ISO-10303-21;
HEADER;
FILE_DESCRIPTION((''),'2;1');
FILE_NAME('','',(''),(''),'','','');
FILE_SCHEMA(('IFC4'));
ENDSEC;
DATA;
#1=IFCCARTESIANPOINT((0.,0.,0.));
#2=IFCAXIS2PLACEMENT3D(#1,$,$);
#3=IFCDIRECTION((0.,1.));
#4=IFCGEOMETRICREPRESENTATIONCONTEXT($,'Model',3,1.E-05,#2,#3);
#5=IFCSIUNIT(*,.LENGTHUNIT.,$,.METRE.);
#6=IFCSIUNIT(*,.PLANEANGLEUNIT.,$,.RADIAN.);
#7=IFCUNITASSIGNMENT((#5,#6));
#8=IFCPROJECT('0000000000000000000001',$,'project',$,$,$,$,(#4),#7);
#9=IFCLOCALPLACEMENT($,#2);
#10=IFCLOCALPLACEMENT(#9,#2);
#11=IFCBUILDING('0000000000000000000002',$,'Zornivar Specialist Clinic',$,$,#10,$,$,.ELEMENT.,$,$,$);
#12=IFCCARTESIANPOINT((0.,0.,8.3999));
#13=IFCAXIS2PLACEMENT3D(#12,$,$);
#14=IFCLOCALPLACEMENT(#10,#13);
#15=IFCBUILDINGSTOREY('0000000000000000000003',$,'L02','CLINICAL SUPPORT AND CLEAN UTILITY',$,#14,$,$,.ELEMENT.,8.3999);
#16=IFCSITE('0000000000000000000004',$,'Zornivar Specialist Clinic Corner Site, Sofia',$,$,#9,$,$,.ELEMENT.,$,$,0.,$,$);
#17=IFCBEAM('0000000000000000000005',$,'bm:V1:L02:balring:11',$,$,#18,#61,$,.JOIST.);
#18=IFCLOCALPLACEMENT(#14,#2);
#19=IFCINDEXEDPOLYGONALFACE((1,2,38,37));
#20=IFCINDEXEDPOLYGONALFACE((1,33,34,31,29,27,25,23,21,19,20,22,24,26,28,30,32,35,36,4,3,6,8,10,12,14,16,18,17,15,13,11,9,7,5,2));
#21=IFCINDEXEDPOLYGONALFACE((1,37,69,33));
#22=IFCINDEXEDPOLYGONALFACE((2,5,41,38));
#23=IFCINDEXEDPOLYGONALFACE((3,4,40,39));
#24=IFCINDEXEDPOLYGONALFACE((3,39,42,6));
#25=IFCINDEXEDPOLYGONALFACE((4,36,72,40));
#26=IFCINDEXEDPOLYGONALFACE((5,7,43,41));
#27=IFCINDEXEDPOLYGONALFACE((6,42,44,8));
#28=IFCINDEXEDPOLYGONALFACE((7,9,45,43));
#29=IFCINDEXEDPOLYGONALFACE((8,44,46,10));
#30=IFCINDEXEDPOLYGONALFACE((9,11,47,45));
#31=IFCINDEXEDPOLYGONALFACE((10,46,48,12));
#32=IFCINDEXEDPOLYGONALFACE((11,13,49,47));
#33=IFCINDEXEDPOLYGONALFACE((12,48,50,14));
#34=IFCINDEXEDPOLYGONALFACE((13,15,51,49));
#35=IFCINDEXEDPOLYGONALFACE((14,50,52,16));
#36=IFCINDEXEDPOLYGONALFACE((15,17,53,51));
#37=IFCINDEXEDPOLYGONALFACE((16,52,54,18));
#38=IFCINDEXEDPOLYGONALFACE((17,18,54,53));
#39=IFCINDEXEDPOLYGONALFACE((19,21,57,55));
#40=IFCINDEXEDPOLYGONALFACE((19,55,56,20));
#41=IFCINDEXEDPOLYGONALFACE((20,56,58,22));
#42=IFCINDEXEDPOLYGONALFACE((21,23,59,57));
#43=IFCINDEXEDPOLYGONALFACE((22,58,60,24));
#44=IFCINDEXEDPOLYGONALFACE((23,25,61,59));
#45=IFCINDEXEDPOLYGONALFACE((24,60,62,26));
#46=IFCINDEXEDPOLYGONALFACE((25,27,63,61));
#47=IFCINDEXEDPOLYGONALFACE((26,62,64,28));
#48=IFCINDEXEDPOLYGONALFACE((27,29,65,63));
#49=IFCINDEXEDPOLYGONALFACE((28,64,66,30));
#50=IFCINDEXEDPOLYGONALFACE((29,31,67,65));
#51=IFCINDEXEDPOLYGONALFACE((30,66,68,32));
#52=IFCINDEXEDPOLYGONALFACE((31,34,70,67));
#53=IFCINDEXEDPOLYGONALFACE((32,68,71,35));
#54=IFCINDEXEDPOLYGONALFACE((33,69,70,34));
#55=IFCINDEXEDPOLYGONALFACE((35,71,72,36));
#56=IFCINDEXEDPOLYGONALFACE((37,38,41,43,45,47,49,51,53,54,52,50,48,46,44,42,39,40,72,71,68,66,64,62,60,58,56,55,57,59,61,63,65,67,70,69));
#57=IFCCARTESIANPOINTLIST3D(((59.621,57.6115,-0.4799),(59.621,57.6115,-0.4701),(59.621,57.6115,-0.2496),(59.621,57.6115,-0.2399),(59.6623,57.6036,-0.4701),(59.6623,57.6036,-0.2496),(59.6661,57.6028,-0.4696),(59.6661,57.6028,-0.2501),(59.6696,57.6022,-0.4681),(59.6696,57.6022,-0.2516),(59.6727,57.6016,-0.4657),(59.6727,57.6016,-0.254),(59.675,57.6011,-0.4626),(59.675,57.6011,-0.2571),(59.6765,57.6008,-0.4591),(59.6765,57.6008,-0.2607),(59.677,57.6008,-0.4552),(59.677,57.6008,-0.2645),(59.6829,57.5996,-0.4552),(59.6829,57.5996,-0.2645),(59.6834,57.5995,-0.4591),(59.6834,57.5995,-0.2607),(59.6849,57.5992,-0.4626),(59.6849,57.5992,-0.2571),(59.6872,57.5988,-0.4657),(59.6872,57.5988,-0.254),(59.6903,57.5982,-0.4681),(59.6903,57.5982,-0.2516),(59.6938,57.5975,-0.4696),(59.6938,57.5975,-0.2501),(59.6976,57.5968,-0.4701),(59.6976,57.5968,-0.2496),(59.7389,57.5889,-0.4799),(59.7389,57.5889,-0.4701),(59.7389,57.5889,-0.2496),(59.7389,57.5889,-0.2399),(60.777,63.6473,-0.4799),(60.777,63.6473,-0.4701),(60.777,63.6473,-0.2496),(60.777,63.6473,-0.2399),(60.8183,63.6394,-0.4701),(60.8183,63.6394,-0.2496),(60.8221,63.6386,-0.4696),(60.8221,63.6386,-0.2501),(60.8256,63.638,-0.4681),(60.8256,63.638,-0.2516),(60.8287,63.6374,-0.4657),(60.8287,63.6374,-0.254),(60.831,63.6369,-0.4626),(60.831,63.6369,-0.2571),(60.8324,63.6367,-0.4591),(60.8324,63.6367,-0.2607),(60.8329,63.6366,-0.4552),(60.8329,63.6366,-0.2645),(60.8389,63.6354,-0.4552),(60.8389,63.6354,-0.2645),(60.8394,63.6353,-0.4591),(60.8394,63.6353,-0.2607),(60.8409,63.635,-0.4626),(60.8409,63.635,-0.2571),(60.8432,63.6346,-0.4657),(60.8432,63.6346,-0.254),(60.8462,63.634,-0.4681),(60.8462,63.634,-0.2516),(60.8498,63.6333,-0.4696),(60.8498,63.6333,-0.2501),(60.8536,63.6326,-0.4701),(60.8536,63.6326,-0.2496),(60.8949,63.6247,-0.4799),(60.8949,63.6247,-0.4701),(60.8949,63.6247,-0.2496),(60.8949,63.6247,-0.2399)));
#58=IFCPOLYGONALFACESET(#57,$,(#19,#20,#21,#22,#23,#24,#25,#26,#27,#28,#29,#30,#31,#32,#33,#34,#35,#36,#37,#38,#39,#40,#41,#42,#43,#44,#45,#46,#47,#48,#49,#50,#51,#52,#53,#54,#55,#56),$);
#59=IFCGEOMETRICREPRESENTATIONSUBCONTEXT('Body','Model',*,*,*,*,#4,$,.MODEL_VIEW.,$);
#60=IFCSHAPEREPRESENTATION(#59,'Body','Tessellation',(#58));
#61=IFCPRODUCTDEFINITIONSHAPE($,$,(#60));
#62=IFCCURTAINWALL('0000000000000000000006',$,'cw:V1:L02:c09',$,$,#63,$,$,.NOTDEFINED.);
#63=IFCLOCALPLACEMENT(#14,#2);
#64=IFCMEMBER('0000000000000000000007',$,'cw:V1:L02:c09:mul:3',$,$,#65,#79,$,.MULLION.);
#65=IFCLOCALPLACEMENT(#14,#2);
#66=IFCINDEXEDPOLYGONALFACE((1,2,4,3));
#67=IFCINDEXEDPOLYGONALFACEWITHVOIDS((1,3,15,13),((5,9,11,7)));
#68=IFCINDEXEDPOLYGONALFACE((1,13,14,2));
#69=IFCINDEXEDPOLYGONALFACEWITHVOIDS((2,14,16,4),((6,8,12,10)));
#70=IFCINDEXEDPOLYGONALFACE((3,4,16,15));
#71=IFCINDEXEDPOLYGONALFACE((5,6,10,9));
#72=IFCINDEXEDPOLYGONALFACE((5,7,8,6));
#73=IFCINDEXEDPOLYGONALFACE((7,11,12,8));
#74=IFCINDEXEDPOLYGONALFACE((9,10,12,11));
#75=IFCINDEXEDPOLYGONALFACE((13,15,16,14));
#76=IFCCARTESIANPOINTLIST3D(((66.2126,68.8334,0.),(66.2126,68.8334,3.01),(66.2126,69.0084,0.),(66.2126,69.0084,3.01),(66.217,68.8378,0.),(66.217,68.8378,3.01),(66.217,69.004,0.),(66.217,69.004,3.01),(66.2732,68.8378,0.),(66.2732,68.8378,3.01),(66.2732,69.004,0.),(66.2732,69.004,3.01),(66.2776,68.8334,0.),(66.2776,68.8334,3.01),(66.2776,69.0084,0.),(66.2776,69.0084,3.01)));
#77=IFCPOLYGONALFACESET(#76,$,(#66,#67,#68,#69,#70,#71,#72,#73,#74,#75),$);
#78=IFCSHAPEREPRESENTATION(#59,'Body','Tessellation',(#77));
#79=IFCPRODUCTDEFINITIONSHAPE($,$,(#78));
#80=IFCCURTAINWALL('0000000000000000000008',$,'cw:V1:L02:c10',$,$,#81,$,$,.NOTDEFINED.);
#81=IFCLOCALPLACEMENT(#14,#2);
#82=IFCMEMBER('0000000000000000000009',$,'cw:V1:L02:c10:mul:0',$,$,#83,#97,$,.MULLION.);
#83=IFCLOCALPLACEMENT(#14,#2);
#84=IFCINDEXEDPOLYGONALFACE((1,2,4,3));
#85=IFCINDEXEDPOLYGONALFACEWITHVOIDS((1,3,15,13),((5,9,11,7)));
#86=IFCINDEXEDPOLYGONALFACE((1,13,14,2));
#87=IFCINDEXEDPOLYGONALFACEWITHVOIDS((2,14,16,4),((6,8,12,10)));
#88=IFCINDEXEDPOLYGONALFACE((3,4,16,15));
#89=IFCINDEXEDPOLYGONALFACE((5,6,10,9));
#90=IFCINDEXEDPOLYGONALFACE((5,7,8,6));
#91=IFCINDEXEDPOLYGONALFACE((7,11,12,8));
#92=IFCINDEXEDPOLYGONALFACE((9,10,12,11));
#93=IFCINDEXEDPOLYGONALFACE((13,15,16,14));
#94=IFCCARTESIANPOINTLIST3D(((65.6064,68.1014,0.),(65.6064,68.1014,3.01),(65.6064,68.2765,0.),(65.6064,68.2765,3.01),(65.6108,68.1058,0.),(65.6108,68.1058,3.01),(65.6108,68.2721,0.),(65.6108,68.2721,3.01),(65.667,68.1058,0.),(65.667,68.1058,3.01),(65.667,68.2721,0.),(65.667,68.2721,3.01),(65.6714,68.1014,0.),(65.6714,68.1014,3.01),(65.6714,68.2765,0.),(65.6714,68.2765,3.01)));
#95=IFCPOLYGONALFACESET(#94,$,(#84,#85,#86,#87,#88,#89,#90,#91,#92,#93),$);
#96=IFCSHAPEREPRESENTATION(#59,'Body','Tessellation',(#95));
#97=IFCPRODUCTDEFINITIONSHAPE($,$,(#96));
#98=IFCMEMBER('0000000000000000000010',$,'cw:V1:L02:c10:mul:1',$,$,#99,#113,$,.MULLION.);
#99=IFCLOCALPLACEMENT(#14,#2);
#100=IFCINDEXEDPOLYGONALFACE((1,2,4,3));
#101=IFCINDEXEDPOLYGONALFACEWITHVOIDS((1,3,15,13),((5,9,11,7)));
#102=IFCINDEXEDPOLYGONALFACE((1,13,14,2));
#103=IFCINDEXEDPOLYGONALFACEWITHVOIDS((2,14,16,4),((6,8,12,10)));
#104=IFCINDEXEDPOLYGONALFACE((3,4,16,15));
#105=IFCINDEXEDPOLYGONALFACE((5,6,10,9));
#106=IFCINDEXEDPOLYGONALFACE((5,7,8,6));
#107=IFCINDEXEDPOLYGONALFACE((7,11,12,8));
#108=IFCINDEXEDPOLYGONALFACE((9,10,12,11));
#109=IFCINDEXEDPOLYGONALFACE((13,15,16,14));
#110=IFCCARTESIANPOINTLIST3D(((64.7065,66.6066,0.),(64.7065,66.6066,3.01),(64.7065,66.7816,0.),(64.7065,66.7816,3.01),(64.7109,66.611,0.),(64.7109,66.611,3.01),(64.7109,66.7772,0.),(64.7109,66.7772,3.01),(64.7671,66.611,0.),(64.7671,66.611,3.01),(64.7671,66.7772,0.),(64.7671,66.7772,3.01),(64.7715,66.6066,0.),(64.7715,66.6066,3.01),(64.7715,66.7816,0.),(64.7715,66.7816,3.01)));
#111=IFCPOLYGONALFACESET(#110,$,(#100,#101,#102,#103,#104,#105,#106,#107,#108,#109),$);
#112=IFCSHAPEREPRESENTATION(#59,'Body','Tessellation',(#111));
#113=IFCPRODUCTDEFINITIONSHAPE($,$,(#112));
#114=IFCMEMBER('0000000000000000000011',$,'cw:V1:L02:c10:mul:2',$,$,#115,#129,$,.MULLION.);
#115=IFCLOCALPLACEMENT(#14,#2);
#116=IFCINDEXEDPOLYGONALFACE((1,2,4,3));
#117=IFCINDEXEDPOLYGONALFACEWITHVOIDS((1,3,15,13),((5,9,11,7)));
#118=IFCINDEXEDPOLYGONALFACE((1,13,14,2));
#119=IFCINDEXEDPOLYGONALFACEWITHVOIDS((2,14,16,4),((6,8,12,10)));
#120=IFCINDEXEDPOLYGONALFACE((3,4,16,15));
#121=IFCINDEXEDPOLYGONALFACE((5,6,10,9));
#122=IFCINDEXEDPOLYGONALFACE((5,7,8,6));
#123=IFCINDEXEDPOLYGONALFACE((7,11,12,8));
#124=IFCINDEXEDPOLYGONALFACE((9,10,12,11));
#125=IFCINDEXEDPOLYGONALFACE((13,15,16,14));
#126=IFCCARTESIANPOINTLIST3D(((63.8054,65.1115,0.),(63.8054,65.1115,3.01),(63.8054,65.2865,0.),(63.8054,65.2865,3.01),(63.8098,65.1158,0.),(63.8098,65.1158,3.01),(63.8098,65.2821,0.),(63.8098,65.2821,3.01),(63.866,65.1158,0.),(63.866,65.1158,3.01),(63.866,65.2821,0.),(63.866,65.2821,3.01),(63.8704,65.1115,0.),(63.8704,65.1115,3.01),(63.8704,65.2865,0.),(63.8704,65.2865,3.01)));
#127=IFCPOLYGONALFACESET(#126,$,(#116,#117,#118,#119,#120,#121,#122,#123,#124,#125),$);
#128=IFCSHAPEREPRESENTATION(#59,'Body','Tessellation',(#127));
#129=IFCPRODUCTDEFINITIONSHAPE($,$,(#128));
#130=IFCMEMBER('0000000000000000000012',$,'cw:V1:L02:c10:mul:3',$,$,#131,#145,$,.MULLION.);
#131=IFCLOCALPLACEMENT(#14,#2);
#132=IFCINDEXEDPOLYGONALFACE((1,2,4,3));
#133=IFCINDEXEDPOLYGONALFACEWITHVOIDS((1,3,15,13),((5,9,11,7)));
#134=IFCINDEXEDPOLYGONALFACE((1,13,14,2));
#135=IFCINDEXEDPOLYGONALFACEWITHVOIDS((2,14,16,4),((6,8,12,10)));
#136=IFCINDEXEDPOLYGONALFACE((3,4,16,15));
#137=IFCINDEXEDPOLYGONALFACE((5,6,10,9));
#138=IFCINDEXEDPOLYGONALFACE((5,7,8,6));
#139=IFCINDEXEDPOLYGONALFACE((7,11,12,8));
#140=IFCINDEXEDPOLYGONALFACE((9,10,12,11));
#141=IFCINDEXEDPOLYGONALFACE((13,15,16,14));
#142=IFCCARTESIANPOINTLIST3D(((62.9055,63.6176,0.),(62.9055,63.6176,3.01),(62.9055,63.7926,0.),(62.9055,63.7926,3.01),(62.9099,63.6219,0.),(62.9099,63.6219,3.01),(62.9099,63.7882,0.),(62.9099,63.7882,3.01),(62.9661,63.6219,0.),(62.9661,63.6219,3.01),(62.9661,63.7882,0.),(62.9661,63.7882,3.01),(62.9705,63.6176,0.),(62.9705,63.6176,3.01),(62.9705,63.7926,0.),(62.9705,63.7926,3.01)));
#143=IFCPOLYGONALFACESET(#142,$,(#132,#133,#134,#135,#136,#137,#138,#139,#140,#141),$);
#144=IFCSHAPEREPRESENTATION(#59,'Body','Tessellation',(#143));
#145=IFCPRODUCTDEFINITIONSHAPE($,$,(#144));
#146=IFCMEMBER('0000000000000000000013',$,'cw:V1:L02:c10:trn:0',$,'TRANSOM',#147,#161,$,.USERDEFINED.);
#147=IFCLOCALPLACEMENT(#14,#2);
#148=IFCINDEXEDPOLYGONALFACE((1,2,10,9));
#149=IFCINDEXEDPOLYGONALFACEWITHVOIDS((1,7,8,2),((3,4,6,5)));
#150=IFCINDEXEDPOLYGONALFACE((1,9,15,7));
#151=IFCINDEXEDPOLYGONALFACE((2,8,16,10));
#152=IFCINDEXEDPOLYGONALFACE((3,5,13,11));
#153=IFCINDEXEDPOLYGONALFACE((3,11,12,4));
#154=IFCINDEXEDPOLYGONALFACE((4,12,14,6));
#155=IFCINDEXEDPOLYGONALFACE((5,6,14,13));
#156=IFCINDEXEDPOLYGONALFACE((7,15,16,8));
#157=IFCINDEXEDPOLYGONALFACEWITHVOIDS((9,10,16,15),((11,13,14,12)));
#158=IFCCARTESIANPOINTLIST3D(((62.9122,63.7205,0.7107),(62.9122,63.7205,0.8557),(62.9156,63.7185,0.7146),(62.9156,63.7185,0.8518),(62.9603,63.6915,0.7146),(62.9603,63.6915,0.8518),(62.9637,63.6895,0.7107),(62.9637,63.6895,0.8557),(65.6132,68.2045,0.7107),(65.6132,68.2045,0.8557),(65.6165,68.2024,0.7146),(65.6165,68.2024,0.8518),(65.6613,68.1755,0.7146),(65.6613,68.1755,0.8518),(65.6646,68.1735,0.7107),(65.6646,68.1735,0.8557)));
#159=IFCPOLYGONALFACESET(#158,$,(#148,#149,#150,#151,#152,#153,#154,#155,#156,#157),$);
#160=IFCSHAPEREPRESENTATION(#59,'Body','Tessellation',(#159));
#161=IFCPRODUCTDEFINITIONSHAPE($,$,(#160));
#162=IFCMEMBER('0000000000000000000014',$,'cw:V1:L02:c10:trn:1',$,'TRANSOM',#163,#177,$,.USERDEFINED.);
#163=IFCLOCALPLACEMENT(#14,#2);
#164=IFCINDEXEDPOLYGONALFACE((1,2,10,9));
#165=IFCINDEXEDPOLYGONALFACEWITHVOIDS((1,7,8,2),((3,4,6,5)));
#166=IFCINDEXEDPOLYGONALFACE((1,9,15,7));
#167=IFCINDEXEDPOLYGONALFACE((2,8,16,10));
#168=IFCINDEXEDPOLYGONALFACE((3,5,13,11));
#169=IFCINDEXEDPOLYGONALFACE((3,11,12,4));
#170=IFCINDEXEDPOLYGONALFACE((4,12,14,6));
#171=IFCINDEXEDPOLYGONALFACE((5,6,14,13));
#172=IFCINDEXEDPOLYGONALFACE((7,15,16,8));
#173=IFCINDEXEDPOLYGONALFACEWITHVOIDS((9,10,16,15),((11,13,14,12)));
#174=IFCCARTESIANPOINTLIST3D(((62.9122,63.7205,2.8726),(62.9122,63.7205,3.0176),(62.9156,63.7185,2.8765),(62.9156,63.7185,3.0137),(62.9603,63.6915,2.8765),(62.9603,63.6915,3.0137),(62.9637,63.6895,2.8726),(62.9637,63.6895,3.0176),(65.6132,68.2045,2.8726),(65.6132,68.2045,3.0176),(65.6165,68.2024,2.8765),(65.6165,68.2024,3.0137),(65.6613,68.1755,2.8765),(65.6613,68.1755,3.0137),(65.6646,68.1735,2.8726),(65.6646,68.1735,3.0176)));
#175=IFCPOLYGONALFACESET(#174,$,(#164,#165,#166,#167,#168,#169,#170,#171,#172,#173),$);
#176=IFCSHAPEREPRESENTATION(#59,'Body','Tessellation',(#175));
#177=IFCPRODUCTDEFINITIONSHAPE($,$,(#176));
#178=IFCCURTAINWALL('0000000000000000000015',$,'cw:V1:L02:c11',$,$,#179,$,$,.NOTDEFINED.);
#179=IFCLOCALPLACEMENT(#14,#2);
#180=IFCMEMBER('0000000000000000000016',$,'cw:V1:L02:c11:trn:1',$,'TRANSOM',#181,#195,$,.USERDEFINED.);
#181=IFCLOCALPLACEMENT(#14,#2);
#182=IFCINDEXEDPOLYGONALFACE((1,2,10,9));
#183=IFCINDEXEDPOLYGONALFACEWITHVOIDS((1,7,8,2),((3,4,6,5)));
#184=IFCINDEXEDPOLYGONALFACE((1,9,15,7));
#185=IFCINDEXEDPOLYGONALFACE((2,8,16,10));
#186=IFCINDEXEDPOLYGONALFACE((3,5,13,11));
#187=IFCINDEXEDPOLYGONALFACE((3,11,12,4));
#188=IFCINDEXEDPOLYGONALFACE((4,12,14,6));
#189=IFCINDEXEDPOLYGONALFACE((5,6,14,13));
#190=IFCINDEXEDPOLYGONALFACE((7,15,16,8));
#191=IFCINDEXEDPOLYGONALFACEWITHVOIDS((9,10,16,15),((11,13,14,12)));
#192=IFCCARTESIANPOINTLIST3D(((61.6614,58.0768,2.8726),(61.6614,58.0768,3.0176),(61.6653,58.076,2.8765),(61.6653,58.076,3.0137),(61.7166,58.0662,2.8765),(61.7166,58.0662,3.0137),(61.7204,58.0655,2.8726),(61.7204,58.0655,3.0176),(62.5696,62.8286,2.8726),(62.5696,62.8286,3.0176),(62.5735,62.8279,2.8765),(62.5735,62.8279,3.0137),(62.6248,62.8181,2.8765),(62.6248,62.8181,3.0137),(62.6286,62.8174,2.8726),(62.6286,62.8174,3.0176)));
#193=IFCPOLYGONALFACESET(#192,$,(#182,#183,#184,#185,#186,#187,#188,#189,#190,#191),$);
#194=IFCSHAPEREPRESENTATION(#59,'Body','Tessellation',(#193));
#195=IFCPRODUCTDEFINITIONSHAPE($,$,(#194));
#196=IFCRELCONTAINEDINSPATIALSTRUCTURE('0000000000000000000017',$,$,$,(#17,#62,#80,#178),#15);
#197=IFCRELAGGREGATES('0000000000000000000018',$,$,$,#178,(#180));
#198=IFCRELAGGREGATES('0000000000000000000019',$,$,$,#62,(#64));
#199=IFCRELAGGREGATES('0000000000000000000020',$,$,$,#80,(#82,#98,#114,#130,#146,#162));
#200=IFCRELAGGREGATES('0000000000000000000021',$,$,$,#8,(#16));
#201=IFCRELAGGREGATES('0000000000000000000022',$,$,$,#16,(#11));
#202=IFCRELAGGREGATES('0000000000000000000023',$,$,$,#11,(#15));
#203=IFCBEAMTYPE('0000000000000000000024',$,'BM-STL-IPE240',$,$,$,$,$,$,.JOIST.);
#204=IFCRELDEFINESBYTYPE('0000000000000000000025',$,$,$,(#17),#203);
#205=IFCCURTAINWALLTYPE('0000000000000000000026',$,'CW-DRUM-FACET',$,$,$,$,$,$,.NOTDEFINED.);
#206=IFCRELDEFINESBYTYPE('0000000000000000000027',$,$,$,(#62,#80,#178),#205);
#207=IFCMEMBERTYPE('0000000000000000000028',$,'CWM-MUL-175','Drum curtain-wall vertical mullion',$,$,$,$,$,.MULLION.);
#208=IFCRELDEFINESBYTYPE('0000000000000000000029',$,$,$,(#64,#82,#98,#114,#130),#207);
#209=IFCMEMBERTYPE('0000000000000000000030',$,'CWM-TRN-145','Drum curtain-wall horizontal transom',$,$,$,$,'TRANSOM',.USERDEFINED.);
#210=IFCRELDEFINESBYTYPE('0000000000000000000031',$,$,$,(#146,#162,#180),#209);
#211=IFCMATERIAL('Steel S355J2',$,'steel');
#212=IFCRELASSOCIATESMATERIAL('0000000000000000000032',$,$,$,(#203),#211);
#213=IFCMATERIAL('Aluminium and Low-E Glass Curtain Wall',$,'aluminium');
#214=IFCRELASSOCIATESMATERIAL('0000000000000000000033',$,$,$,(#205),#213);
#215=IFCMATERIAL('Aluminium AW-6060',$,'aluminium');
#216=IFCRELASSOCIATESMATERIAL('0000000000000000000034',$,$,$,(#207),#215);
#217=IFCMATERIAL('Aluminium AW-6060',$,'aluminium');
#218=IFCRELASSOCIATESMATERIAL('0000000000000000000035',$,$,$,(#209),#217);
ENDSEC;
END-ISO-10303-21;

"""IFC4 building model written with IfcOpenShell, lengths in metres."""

from ifc_helpers import new_model, si_unit, direction, frame, origin, origin_2d, place, context, subcontext, project, spatial, hollow_rectangle, i_section, extrude, material, material_profile, profile_set, type_object, element, aggregate, save


model = new_model("IFC4")

# Units and contexts
model_context = context("Model", 3, precision=1e-05, world=origin(), true_north=direction((0.0, 1.0)))
body_context = subcontext(model_context, "Body", "Model", "MODEL_VIEW")
ifc_project = project(units=[si_unit("LENGTHUNIT", "METRE"), si_unit("PLANEANGLEUNIT", "RADIAN")], contexts=[model_context])

# Site, building, storey
site_placement = place(None, origin())
site = spatial("IfcSite", under=ifc_project, at=site_placement, Name="Zornivar Specialist Clinic Corner Site, Sofia", CompositionType="ELEMENT", RefElevation=0.0)
building_placement = place(site_placement, origin())
building = spatial("IfcBuilding", under=site, at=building_placement, Name="Zornivar Specialist Clinic", CompositionType="ELEMENT")
storey_placement = place(building_placement, frame((0.0, 0.0, 8.3999)))
storey = spatial("IfcBuildingStorey", under=building, at=storey_placement, Name="L02", Description="CLINICAL SUPPORT AND CLEAN UTILITY", CompositionType="ELEMENT", Elevation=8.3999)

# Beam
ifc_material_1 = material(Name="Steel S355J2", Category="steel")
ifc_material_profile_1 = material_profile(ifc_material_1, i_section(OverallWidth=0.1201, OverallDepth=0.24, WebThickness=0.0061, FlangeThickness=0.0098, FilletRadius=0.0149, at=origin_2d()), Name="IPE 240")
ifc_profile_set_1 = profile_set([ifc_material_profile_1], Name="Steel S355J2")
beam_type_1 = type_object("IfcBeamType", Name="BM-STL-IPE240", PredefinedType="JOIST", material=ifc_profile_set_1)
beam_1_placement = place(storey_placement, frame((60.8359, 63.636, -0.3599), z_axis=(-0.188103, -0.982149, 0.0), x_axis=(0.982149, -0.188103, 0.0)))
element("IfcBeam", 1, at=beam_1_placement, inside=storey, type_object=beam_type_1, Name="bm:V1:L02:balring:11", PredefinedType="JOIST", context=body_context, shape_type="SweptSolid", body=[
    extrude(i_section(OverallWidth=0.1201, OverallDepth=0.24, WebThickness=0.0061, FlangeThickness=0.0098, FilletRadius=0.0149, at=origin_2d()), origin(), (0.0, 0.0, 1.0), 6.1455),
])

# Curtain wall, member
ifc_material_2 = material(Name="Aluminium and Low-E Glass Curtain Wall", Category="aluminium")
curtain_wall_type = type_object("IfcCurtainWallType", Name="CW-DRUM-FACET", PredefinedType="NOTDEFINED", material=ifc_material_2)
curtain_wall_1_placement = place(storey_placement, origin())
curtain_wall_1 = element("IfcCurtainWall", 2, at=curtain_wall_1_placement, inside=storey, type_object=curtain_wall_type, Name="cw:V1:L02:c09", PredefinedType="NOTDEFINED")
ifc_material_3 = material(Name="Aluminium AW-6060", Category="aluminium")
ifc_material_profile_2 = material_profile(ifc_material_3, hollow_rectangle(XDim=0.0649, YDim=0.175, WallThickness=0.0044, at=origin_2d()), Name="ALU 65x175x4.5")
ifc_profile_set_2 = profile_set([ifc_material_profile_2], Name="Aluminium AW-6060")
member_type_1 = type_object("IfcMemberType", Name="CWM-MUL-175", Description="Drum curtain-wall vertical mullion", PredefinedType="MULLION", material=ifc_profile_set_2)
member_1_placement = place(storey_placement, frame((66.2451, 68.9209, 0.0), z_axis=(0.0, 0.0, 1.0), x_axis=(1.0, 0.0, 0.0)))
member_1 = element("IfcMember", 3, at=member_1_placement, type_object=member_type_1, Name="cw:V1:L02:c09:mul:3", PredefinedType="MULLION", context=body_context, shape_type="SweptSolid", body=[
    extrude(hollow_rectangle(XDim=0.0649, YDim=0.175, WallThickness=0.0044, at=origin_2d()), origin(), (0.0, 0.0, 1.0), 3.01),
])

# Curtain wall, members
curtain_wall_2_placement = place(storey_placement, origin())
curtain_wall_2 = element("IfcCurtainWall", 4, at=curtain_wall_2_placement, inside=storey, type_object=curtain_wall_type, Name="cw:V1:L02:c10", PredefinedType="NOTDEFINED")
member_2_placement = place(storey_placement, frame((65.6389, 68.189, 0.0), z_axis=(0.0, 0.0, 1.0), x_axis=(1.0, 0.0, 0.0)))
member_2 = element("IfcMember", 5, at=member_2_placement, type_object=member_type_1, Name="cw:V1:L02:c10:mul:0", PredefinedType="MULLION", context=body_context, shape_type="SweptSolid", body=[
    extrude(hollow_rectangle(XDim=0.0649, YDim=0.175, WallThickness=0.0044, at=origin_2d()), origin(), (0.0, 0.0, 1.0), 3.01),
])
member_3_placement = place(storey_placement, frame((64.739, 66.6941, 0.0), z_axis=(0.0, 0.0, 1.0), x_axis=(1.0, 0.0, 0.0)))
member_3 = element("IfcMember", 6, at=member_3_placement, type_object=member_type_1, Name="cw:V1:L02:c10:mul:1", PredefinedType="MULLION", context=body_context, shape_type="SweptSolid", body=[
    extrude(hollow_rectangle(XDim=0.0649, YDim=0.175, WallThickness=0.0044, at=origin_2d()), origin(), (0.0, 0.0, 1.0), 3.01),
])
member_4_placement = place(storey_placement, frame((63.8379, 65.199, 0.0), z_axis=(0.0, 0.0, 1.0), x_axis=(1.0, 0.0, 0.0)))
member_4 = element("IfcMember", 7, at=member_4_placement, type_object=member_type_1, Name="cw:V1:L02:c10:mul:2", PredefinedType="MULLION", context=body_context, shape_type="SweptSolid", body=[
    extrude(hollow_rectangle(XDim=0.0649, YDim=0.175, WallThickness=0.0044, at=origin_2d()), origin(), (0.0, 0.0, 1.0), 3.01),
])
member_5_placement = place(storey_placement, frame((62.938, 63.7051, 0.0), z_axis=(0.0, 0.0, 1.0), x_axis=(1.0, 0.0, 0.0)))
member_5 = element("IfcMember", 8, at=member_5_placement, type_object=member_type_1, Name="cw:V1:L02:c10:mul:3", PredefinedType="MULLION", context=body_context, shape_type="SweptSolid", body=[
    extrude(hollow_rectangle(XDim=0.0649, YDim=0.175, WallThickness=0.0044, at=origin_2d()), origin(), (0.0, 0.0, 1.0), 3.01),
])
ifc_material_4 = material(Name="Aluminium AW-6060", Category="aluminium")
ifc_material_profile_3 = material_profile(ifc_material_4, hollow_rectangle(XDim=0.0601, YDim=0.145, WallThickness=0.0039, at=origin_2d()), Name="ALU 60x145x4")
ifc_profile_set_3 = profile_set([ifc_material_profile_3], Name="Aluminium AW-6060")
member_type_2 = type_object("IfcMemberType", Name="CWM-TRN-145", Description="Drum curtain-wall horizontal transom", ElementType="TRANSOM", PredefinedType="USERDEFINED", material=ifc_profile_set_3)
member_6_placement = place(storey_placement, frame((65.6389, 68.189, 0.7832), z_axis=(-0.515983, -0.856599, 0.0), x_axis=(0.856599, -0.515983, 0.0)))
member_6 = element("IfcMember", 9, at=member_6_placement, type_object=member_type_2, Name="cw:V1:L02:c10:trn:0", ObjectType="TRANSOM", PredefinedType="USERDEFINED", context=body_context, shape_type="SweptSolid", body=[
    extrude(hollow_rectangle(XDim=0.0601, YDim=0.145, WallThickness=0.0039, at=origin_2d()), origin(), (0.0, 0.0, 1.0), 5.2346),
])
member_7_placement = place(storey_placement, frame((65.6389, 68.189, 2.9451), z_axis=(-0.515983, -0.856599, 0.0), x_axis=(0.856599, -0.515983, 0.0)))
member_7 = element("IfcMember", 10, at=member_7_placement, type_object=member_type_2, Name="cw:V1:L02:c10:trn:1", ObjectType="TRANSOM", PredefinedType="USERDEFINED", context=body_context, shape_type="SweptSolid", body=[
    extrude(hollow_rectangle(XDim=0.0601, YDim=0.145, WallThickness=0.0039, at=origin_2d()), origin(), (0.0, 0.0, 1.0), 5.2346),
])

# Curtain wall, member
curtain_wall_3_placement = place(storey_placement, origin())
curtain_wall_3 = element("IfcCurtainWall", 11, at=curtain_wall_3_placement, inside=storey, type_object=curtain_wall_type, Name="cw:V1:L02:c11", PredefinedType="NOTDEFINED")
member_8_placement = place(storey_placement, frame((62.5991, 62.823, 2.9451), z_axis=(-0.187724, -0.982222, 0.0), x_axis=(0.982222, -0.187724, 0.0)))
member_8 = element("IfcMember", 12, at=member_8_placement, type_object=member_type_2, Name="cw:V1:L02:c11:trn:1", ObjectType="TRANSOM", PredefinedType="USERDEFINED", context=body_context, shape_type="SweptSolid", body=[
    extrude(hollow_rectangle(XDim=0.0601, YDim=0.145, WallThickness=0.0039, at=origin_2d()), origin(), (0.0, 0.0, 1.0), 4.8379),
])
aggregate(curtain_wall_3, [member_8])

aggregate(curtain_wall_1, [member_1])
aggregate(curtain_wall_2, [member_2, member_3, member_4, member_5, member_6, member_7])

save(model, "model.ifc")
